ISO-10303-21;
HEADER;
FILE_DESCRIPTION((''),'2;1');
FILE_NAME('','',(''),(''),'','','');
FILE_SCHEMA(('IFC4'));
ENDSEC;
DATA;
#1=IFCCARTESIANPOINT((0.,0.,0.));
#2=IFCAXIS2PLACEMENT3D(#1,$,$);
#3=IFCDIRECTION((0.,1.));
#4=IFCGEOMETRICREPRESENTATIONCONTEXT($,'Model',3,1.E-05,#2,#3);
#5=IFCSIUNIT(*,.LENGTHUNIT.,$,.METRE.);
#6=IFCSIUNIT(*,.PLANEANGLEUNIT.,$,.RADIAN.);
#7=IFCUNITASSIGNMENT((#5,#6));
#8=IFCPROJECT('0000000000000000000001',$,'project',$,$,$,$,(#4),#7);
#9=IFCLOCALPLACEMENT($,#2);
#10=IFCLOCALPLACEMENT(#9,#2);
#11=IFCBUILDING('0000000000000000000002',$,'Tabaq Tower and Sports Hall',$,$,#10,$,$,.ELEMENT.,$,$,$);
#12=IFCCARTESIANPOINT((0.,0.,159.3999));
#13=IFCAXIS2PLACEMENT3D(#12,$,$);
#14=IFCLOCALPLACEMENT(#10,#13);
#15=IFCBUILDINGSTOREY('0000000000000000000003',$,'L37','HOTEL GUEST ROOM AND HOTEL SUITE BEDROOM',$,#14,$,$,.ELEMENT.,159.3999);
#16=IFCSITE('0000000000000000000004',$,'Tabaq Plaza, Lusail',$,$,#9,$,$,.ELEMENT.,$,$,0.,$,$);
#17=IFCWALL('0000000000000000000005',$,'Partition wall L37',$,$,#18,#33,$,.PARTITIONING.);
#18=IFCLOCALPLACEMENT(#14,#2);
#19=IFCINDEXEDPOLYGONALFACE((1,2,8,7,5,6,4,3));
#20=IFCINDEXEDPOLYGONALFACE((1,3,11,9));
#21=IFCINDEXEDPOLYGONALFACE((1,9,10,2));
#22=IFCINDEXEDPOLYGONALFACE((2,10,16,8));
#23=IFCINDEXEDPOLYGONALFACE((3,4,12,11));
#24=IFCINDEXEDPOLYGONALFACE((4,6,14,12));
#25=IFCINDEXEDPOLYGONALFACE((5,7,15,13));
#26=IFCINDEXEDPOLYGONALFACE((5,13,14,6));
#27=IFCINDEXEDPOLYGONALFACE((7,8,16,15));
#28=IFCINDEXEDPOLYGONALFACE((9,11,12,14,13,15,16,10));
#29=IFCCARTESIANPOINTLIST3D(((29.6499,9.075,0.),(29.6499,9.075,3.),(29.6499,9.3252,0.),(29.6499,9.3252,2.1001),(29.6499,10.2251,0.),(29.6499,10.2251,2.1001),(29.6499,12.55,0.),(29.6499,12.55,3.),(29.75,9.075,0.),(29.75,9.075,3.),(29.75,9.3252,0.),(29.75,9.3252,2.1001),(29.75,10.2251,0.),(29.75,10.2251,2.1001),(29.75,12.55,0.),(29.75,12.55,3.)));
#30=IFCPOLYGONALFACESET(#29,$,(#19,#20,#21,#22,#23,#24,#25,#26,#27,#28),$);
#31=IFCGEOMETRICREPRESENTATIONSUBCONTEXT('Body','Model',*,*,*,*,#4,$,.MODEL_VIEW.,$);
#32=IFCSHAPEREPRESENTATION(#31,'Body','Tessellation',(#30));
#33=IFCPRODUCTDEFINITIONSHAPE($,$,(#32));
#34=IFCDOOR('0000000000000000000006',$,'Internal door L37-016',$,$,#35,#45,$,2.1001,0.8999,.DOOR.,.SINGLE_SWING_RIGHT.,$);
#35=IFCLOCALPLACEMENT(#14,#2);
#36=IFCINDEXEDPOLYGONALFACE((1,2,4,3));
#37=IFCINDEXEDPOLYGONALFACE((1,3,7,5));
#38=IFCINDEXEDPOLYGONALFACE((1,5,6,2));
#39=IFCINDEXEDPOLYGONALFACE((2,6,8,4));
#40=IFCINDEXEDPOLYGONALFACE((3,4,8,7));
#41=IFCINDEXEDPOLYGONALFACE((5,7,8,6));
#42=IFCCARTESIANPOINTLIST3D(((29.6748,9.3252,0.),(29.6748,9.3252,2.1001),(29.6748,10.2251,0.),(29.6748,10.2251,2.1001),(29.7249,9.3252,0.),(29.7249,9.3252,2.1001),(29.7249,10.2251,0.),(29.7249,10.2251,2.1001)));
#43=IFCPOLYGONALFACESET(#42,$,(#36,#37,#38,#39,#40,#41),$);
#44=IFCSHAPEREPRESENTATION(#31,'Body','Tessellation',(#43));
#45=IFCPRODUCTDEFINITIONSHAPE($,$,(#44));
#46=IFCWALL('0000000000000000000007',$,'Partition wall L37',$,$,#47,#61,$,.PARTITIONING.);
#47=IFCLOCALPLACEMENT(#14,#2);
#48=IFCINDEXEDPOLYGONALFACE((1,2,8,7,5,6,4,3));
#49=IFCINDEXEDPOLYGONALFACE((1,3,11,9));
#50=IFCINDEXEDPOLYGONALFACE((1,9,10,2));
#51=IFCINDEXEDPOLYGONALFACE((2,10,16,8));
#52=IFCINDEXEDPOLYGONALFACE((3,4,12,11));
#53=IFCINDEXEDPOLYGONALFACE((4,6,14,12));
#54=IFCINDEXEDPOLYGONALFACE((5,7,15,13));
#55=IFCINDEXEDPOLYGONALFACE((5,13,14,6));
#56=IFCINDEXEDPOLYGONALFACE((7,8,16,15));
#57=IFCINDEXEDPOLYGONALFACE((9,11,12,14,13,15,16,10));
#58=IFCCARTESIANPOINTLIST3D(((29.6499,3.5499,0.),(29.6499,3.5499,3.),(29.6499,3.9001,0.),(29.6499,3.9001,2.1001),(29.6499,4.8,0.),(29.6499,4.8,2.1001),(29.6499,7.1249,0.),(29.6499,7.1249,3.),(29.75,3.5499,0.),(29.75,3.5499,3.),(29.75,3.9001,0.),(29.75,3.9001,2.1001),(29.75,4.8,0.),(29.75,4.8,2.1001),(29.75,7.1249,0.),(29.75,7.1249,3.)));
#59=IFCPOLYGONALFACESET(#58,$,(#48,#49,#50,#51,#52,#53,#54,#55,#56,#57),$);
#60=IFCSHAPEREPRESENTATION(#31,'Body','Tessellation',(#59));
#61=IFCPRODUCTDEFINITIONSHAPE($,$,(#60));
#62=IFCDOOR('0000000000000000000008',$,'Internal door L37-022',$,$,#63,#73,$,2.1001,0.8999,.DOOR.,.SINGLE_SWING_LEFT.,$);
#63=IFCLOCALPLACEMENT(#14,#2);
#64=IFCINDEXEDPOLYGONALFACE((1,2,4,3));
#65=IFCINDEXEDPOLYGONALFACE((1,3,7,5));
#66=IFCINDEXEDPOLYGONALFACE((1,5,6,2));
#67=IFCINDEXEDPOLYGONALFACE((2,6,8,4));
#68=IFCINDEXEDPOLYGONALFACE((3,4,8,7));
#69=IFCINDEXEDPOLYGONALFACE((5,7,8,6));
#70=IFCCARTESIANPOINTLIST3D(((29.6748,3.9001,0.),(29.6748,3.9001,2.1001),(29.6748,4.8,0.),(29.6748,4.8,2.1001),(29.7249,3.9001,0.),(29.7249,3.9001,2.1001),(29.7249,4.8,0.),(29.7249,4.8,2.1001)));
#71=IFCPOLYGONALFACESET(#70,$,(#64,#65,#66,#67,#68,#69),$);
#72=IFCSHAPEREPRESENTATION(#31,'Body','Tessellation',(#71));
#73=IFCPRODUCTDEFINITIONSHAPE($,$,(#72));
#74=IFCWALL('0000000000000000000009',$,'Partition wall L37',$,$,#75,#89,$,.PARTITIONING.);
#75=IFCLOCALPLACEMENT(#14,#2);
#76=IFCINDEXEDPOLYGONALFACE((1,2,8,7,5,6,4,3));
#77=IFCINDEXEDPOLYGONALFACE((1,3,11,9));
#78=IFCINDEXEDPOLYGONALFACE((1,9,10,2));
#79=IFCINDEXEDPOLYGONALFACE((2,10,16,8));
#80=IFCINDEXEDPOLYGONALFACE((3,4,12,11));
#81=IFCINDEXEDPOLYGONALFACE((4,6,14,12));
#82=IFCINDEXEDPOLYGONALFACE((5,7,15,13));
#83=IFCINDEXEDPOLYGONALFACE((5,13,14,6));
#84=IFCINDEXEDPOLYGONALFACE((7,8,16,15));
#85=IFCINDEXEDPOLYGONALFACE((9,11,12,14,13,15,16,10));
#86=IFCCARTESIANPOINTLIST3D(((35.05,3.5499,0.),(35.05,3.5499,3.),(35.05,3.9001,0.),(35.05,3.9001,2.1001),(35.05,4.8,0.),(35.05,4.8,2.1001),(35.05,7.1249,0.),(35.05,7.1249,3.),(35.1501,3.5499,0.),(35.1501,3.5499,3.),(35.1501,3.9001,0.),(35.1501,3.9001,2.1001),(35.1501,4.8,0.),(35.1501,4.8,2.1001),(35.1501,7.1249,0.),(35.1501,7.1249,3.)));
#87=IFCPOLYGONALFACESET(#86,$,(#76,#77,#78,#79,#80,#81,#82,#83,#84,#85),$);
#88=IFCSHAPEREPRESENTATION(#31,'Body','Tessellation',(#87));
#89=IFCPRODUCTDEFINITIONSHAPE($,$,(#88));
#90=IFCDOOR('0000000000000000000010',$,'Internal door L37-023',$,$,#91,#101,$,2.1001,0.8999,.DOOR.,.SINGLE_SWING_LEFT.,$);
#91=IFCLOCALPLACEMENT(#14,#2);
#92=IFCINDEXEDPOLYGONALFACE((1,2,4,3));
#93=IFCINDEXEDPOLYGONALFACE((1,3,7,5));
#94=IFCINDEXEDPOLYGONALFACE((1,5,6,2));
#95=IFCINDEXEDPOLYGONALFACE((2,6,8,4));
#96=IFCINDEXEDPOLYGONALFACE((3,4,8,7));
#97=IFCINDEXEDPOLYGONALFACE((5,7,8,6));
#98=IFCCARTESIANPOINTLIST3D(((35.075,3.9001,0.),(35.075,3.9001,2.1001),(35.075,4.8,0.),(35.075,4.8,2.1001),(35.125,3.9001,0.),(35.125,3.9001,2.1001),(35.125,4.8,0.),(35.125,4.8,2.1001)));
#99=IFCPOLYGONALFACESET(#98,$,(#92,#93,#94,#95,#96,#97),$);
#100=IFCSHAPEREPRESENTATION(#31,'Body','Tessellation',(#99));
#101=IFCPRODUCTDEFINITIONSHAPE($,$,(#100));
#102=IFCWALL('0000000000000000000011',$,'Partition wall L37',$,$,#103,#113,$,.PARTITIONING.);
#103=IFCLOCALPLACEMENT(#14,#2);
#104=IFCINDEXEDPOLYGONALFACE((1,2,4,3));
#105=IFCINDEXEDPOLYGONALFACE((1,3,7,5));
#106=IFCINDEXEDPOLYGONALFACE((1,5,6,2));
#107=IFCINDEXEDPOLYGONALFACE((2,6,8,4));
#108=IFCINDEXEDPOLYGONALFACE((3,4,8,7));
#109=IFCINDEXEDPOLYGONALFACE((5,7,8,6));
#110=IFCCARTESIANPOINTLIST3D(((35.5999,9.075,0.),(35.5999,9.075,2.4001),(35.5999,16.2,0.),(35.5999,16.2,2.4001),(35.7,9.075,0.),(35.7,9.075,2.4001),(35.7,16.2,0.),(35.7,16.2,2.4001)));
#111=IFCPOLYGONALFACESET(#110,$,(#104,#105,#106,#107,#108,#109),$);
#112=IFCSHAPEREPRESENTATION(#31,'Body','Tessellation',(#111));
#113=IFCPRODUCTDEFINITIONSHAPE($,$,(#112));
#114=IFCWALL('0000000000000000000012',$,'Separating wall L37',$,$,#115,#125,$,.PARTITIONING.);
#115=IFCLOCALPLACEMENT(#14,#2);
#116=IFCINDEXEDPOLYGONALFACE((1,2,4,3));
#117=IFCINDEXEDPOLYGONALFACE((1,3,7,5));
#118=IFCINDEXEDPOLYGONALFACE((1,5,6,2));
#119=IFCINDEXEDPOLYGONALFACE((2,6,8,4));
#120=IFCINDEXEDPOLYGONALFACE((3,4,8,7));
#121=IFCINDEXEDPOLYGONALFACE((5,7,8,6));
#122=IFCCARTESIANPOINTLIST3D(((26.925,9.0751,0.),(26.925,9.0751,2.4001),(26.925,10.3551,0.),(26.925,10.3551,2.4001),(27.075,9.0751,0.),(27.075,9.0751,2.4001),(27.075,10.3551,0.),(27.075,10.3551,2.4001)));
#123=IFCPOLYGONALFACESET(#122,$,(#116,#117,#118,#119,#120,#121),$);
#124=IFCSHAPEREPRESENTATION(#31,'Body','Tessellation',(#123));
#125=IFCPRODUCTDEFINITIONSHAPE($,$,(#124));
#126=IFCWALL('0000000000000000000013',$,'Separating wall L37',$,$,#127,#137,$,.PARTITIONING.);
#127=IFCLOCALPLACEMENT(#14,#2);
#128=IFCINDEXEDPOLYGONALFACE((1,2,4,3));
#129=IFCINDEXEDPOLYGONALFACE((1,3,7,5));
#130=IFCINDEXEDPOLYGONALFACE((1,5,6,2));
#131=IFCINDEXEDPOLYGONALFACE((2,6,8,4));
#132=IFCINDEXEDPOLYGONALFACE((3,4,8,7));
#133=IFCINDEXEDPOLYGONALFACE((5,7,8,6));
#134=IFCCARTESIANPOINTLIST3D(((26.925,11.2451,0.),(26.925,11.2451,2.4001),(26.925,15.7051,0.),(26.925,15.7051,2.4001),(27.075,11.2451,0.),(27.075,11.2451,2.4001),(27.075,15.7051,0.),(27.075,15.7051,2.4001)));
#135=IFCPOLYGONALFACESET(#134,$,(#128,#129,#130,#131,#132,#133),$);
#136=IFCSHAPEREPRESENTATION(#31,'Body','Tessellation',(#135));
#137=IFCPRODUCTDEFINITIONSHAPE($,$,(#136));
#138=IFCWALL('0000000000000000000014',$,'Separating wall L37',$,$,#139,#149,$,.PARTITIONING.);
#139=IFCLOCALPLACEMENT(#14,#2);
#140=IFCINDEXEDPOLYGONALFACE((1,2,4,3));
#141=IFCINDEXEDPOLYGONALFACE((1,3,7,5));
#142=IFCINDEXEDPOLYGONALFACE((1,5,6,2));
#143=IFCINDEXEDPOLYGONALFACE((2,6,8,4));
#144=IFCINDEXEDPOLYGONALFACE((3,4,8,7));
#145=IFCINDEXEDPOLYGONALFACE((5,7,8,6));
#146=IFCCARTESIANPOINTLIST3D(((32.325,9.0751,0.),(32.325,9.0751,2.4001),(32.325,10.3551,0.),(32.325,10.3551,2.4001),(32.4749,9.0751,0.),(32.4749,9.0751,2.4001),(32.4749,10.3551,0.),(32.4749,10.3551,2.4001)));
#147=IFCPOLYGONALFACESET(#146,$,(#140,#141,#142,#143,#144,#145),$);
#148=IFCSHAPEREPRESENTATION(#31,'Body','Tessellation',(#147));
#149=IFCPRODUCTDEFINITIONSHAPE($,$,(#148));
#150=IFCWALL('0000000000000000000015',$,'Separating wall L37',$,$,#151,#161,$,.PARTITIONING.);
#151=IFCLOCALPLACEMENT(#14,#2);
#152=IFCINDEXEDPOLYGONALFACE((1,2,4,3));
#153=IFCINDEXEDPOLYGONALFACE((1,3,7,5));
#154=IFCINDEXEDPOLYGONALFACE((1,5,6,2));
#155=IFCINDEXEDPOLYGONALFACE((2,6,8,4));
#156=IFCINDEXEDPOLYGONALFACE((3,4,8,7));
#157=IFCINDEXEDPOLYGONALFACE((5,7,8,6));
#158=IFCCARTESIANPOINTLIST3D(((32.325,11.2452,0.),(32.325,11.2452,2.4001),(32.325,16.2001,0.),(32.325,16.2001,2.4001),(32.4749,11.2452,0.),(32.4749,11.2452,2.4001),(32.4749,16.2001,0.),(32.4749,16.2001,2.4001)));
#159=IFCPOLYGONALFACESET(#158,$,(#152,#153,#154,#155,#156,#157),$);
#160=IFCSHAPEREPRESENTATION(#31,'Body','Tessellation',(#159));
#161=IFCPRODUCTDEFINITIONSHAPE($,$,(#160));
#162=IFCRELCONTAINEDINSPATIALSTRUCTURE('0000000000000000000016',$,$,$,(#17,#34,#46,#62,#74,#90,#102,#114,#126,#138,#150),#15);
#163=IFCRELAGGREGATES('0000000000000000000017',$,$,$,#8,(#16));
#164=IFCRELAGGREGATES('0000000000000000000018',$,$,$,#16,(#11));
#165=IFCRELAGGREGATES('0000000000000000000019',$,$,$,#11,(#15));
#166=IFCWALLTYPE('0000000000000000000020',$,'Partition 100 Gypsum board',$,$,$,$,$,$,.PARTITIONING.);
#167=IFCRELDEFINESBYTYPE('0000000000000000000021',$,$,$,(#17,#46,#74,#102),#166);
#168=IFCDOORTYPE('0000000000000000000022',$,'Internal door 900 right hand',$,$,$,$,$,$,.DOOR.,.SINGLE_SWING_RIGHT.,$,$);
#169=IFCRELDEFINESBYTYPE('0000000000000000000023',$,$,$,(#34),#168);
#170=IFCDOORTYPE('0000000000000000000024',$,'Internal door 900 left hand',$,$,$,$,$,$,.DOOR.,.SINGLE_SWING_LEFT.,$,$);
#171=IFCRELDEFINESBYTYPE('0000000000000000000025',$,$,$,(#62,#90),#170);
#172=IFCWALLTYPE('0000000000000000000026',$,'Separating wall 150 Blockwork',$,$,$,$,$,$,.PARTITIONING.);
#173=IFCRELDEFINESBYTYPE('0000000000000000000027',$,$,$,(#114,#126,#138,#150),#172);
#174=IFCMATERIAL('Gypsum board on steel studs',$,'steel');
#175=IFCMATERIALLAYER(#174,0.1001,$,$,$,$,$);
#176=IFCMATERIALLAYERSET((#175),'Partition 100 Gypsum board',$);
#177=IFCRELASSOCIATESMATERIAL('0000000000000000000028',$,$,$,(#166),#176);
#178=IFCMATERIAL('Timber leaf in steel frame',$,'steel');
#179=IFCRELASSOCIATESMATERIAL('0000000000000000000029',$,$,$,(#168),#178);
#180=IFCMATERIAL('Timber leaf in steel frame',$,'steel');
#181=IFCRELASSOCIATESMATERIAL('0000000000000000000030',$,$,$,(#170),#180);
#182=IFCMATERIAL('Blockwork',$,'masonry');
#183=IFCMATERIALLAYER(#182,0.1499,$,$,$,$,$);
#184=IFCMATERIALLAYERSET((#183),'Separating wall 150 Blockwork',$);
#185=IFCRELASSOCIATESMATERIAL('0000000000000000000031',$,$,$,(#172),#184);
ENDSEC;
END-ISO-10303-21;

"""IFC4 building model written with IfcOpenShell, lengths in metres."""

from ifc_helpers import new_model, si_unit, direction, frame, frame_2d, origin, place, context, subcontext, project, spatial, rectangle, extrude, material, layer, layer_set, type_object, element, fill, save


model = new_model("IFC4")

# Units and contexts
model_context = context("Model", 3, precision=1e-05, world=origin(), true_north=direction((0.0, 1.0)))
body_context = subcontext(model_context, "Body", "Model", "MODEL_VIEW")
ifc_project = project(units=[si_unit("LENGTHUNIT", "METRE"), si_unit("PLANEANGLEUNIT", "RADIAN")], contexts=[model_context])

# Site, building, storey
site_placement = place(None, origin())
site = spatial("IfcSite", under=ifc_project, at=site_placement, Name="Tabaq Plaza, Lusail", CompositionType="ELEMENT", RefElevation=0.0)
building_placement = place(site_placement, origin())
building = spatial("IfcBuilding", under=site, at=building_placement, Name="Tabaq Tower and Sports Hall", CompositionType="ELEMENT")
storey_placement = place(building_placement, frame((0.0, 0.0, 159.3999)))
storey = spatial("IfcBuildingStorey", under=building, at=storey_placement, Name="L37", Description="HOTEL GUEST ROOM AND HOTEL SUITE BEDROOM", CompositionType="ELEMENT", Elevation=159.3999)

# Shared definitions
ifc_material_1 = material(Name="Gypsum board on steel studs", Category="steel")
ifc_layer_1 = layer(ifc_material_1, 0.1001)
ifc_layer_set_1 = layer_set([ifc_layer_1], Name="Partition 100 Gypsum board")
wall_type_1 = type_object("IfcWallType", Name="Partition 100 Gypsum board", PredefinedType="PARTITIONING", material=ifc_layer_set_1)

# Walls, openings, doors
wall_1_placement = place(storey_placement, frame((29.7, 12.55, 0.0), z_axis=(0.0, 0.0, 1.0), x_axis=(0.0, -1.0, 0.0)))
wall_1 = element("IfcWall", 1, at=wall_1_placement, inside=storey, type_object=wall_type_1, Name="Partition wall L37", PredefinedType="PARTITIONING", context=body_context, shape_type="SweptSolid", body=[
    extrude(rectangle(XDim=3.4751, YDim=0.1001, at=frame_2d((1.7375, 0.0))), origin(), (0.0, 0.0, 1.0), 3.0),
])
opening_1_placement = place(wall_1_placement, frame((2.325, 0.0, 0.0)))
opening_1 = element("IfcOpeningElement", 2, at=opening_1_placement, cuts=wall_1, PredefinedType="OPENING", context=body_context, shape_type="SweptSolid", body=[
    extrude(rectangle(XDim=0.8999, YDim=2.1001, at=frame_2d((0.45, 1.05))), frame((0.0, 0.05, 0.0), z_axis=(0.0, -1.0, 0.0), x_axis=(1.0, 0.0, 0.0)), (0.0, 0.0, 1.0), 0.1001),
])
ifc_material_2 = material(Name="Timber leaf in steel frame", Category="steel")
door_type_1 = type_object("IfcDoorType", Name="Internal door 900 right hand", OperationType="SINGLE_SWING_RIGHT", PredefinedType="DOOR", material=ifc_material_2)
door_1_placement = place(opening_1_placement, origin())
door_1 = element("IfcDoor", 3, at=door_1_placement, inside=storey, type_object=door_type_1, Name="Internal door L37-016", OperationType="SINGLE_SWING_RIGHT", OverallHeight=2.1001, OverallWidth=0.8999, PredefinedType="DOOR", context=body_context, shape_type="SweptSolid", body=[
    extrude(rectangle(XDim=0.8999, YDim=2.1001, at=frame_2d((0.45, 1.05))), frame((0.0, 0.0249, 0.0), z_axis=(0.0, -1.0, 0.0), x_axis=(1.0, 0.0, 0.0)), (0.0, 0.0, 1.0), 0.05),
])
fill(opening_1, door_1)
wall_2_placement = place(storey_placement, frame((29.7, 7.125, 0.0), z_axis=(0.0, 0.0, 1.0), x_axis=(0.0, -1.0, 0.0)))
wall_2 = element("IfcWall", 4, at=wall_2_placement, inside=storey, type_object=wall_type_1, Name="Partition wall L37", PredefinedType="PARTITIONING", context=body_context, shape_type="SweptSolid", body=[
    extrude(rectangle(XDim=3.575, YDim=0.1001, at=frame_2d((1.7876, 0.0))), origin(), (0.0, 0.0, 1.0), 3.0),
])
opening_2_placement = place(wall_2_placement, frame((2.325, 0.0, 0.0)))
opening_2 = element("IfcOpeningElement", 5, at=opening_2_placement, cuts=wall_2, PredefinedType="OPENING", context=body_context, shape_type="SweptSolid", body=[
    extrude(rectangle(XDim=0.8999, YDim=2.1001, at=frame_2d((0.45, 1.05))), frame((0.0, 0.05, 0.0), z_axis=(0.0, -1.0, 0.0), x_axis=(1.0, 0.0, 0.0)), (0.0, 0.0, 1.0), 0.1001),
])
ifc_material_3 = material(Name="Timber leaf in steel frame", Category="steel")
door_type_2 = type_object("IfcDoorType", Name="Internal door 900 left hand", OperationType="SINGLE_SWING_LEFT", PredefinedType="DOOR", material=ifc_material_3)
door_2_placement = place(opening_2_placement, origin())
door_2 = element("IfcDoor", 6, at=door_2_placement, inside=storey, type_object=door_type_2, Name="Internal door L37-022", OperationType="SINGLE_SWING_LEFT", OverallHeight=2.1001, OverallWidth=0.8999, PredefinedType="DOOR", context=body_context, shape_type="SweptSolid", body=[
    extrude(rectangle(XDim=0.8999, YDim=2.1001, at=frame_2d((0.45, 1.05))), frame((0.0, 0.0249, 0.0), z_axis=(0.0, -1.0, 0.0), x_axis=(1.0, 0.0, 0.0)), (0.0, 0.0, 1.0), 0.05),
])
fill(opening_2, door_2)
wall_3_placement = place(storey_placement, frame((35.1001, 7.125, 0.0), z_axis=(0.0, 0.0, 1.0), x_axis=(0.0, -1.0, 0.0)))
wall_3 = element("IfcWall", 7, at=wall_3_placement, inside=storey, type_object=wall_type_1, Name="Partition wall L37", PredefinedType="PARTITIONING", context=body_context, shape_type="SweptSolid", body=[
    extrude(rectangle(XDim=3.575, YDim=0.1001, at=frame_2d((1.7876, 0.0))), origin(), (0.0, 0.0, 1.0), 3.0),
])
opening_3_placement = place(wall_3_placement, frame((2.325, 0.0, 0.0)))
opening_3 = element("IfcOpeningElement", 8, at=opening_3_placement, cuts=wall_3, PredefinedType="OPENING", context=body_context, shape_type="SweptSolid", body=[
    extrude(rectangle(XDim=0.8999, YDim=2.1001, at=frame_2d((0.45, 1.05))), frame((0.0, 0.05, 0.0), z_axis=(0.0, -1.0, 0.0), x_axis=(1.0, 0.0, 0.0)), (0.0, 0.0, 1.0), 0.1001),
])
door_3_placement = place(opening_3_placement, origin())
door_3 = element("IfcDoor", 9, at=door_3_placement, inside=storey, type_object=door_type_2, Name="Internal door L37-023", OperationType="SINGLE_SWING_LEFT", OverallHeight=2.1001, OverallWidth=0.8999, PredefinedType="DOOR", context=body_context, shape_type="SweptSolid", body=[
    extrude(rectangle(XDim=0.8999, YDim=2.1001, at=frame_2d((0.45, 1.05))), frame((0.0, 0.0249, 0.0), z_axis=(0.0, -1.0, 0.0), x_axis=(1.0, 0.0, 0.0)), (0.0, 0.0, 1.0), 0.05),
])
fill(opening_3, door_3)

# Walls
wall_4_placement = place(storey_placement, frame((35.6499, 16.2, 0.0), z_axis=(0.0, 0.0, 1.0), x_axis=(0.0, -1.0, 0.0)))
element("IfcWall", 10, at=wall_4_placement, inside=storey, type_object=wall_type_1, Name="Partition wall L37", PredefinedType="PARTITIONING", context=body_context, shape_type="SweptSolid", body=[
    extrude(rectangle(XDim=7.125, YDim=0.1001, at=frame_2d((3.5625, 0.0))), origin(), (0.0, 0.0, 1.0), 2.4001),
])
ifc_material_4 = material(Name="Blockwork", Category="masonry")
ifc_layer_2 = layer(ifc_material_4, 0.1499)
ifc_layer_set_2 = layer_set([ifc_layer_2], Name="Separating wall 150 Blockwork")
wall_type_2 = type_object("IfcWallType", Name="Separating wall 150 Blockwork", PredefinedType="PARTITIONING", material=ifc_layer_set_2)
wall_5_placement = place(storey_placement, frame((27.0, 9.075, 0.0), z_axis=(0.0, 0.0, 1.0), x_axis=(0.0, 1.0, 0.0)))
element("IfcWall", 11, at=wall_5_placement, inside=storey, type_object=wall_type_2, Name="Separating wall L37", PredefinedType="PARTITIONING", context=body_context, shape_type="SweptSolid", body=[
    extrude(rectangle(XDim=1.28, YDim=0.1499, at=frame_2d((0.6401, 0.0))), origin(), (0.0, 0.0, 1.0), 2.4001),
])
wall_6_placement = place(storey_placement, frame((27.0, 11.2451, 0.0), z_axis=(0.0, 0.0, 1.0), x_axis=(0.0, 1.0, 0.0)))
element("IfcWall", 12, at=wall_6_placement, inside=storey, type_object=wall_type_2, Name="Separating wall L37", PredefinedType="PARTITIONING", context=body_context, shape_type="SweptSolid", body=[
    extrude(rectangle(XDim=4.46, YDim=0.1499, at=frame_2d((2.23, 0.0))), origin(), (0.0, 0.0, 1.0), 2.4001),
])
wall_7_placement = place(storey_placement, frame((32.3999, 9.075, 0.0), z_axis=(0.0, 0.0, 1.0), x_axis=(0.0, 1.0, 0.0)))
element("IfcWall", 13, at=wall_7_placement, inside=storey, type_object=wall_type_2, Name="Separating wall L37", PredefinedType="PARTITIONING", context=body_context, shape_type="SweptSolid", body=[
    extrude(rectangle(XDim=1.28, YDim=0.1499, at=frame_2d((0.6401, 0.0))), origin(), (0.0, 0.0, 1.0), 2.4001),
])
wall_8_placement = place(storey_placement, frame((32.3999, 11.2451, 0.0), z_axis=(0.0, 0.0, 1.0), x_axis=(0.0, 1.0, 0.0)))
element("IfcWall", 14, at=wall_8_placement, inside=storey, type_object=wall_type_2, Name="Separating wall L37", PredefinedType="PARTITIONING", context=body_context, shape_type="SweptSolid", body=[
    extrude(rectangle(XDim=4.9548, YDim=0.1499, at=frame_2d((2.4775, 0.0))), origin(), (0.0, 0.0, 1.0), 2.4001),
])

save(model, "model.ifc")
